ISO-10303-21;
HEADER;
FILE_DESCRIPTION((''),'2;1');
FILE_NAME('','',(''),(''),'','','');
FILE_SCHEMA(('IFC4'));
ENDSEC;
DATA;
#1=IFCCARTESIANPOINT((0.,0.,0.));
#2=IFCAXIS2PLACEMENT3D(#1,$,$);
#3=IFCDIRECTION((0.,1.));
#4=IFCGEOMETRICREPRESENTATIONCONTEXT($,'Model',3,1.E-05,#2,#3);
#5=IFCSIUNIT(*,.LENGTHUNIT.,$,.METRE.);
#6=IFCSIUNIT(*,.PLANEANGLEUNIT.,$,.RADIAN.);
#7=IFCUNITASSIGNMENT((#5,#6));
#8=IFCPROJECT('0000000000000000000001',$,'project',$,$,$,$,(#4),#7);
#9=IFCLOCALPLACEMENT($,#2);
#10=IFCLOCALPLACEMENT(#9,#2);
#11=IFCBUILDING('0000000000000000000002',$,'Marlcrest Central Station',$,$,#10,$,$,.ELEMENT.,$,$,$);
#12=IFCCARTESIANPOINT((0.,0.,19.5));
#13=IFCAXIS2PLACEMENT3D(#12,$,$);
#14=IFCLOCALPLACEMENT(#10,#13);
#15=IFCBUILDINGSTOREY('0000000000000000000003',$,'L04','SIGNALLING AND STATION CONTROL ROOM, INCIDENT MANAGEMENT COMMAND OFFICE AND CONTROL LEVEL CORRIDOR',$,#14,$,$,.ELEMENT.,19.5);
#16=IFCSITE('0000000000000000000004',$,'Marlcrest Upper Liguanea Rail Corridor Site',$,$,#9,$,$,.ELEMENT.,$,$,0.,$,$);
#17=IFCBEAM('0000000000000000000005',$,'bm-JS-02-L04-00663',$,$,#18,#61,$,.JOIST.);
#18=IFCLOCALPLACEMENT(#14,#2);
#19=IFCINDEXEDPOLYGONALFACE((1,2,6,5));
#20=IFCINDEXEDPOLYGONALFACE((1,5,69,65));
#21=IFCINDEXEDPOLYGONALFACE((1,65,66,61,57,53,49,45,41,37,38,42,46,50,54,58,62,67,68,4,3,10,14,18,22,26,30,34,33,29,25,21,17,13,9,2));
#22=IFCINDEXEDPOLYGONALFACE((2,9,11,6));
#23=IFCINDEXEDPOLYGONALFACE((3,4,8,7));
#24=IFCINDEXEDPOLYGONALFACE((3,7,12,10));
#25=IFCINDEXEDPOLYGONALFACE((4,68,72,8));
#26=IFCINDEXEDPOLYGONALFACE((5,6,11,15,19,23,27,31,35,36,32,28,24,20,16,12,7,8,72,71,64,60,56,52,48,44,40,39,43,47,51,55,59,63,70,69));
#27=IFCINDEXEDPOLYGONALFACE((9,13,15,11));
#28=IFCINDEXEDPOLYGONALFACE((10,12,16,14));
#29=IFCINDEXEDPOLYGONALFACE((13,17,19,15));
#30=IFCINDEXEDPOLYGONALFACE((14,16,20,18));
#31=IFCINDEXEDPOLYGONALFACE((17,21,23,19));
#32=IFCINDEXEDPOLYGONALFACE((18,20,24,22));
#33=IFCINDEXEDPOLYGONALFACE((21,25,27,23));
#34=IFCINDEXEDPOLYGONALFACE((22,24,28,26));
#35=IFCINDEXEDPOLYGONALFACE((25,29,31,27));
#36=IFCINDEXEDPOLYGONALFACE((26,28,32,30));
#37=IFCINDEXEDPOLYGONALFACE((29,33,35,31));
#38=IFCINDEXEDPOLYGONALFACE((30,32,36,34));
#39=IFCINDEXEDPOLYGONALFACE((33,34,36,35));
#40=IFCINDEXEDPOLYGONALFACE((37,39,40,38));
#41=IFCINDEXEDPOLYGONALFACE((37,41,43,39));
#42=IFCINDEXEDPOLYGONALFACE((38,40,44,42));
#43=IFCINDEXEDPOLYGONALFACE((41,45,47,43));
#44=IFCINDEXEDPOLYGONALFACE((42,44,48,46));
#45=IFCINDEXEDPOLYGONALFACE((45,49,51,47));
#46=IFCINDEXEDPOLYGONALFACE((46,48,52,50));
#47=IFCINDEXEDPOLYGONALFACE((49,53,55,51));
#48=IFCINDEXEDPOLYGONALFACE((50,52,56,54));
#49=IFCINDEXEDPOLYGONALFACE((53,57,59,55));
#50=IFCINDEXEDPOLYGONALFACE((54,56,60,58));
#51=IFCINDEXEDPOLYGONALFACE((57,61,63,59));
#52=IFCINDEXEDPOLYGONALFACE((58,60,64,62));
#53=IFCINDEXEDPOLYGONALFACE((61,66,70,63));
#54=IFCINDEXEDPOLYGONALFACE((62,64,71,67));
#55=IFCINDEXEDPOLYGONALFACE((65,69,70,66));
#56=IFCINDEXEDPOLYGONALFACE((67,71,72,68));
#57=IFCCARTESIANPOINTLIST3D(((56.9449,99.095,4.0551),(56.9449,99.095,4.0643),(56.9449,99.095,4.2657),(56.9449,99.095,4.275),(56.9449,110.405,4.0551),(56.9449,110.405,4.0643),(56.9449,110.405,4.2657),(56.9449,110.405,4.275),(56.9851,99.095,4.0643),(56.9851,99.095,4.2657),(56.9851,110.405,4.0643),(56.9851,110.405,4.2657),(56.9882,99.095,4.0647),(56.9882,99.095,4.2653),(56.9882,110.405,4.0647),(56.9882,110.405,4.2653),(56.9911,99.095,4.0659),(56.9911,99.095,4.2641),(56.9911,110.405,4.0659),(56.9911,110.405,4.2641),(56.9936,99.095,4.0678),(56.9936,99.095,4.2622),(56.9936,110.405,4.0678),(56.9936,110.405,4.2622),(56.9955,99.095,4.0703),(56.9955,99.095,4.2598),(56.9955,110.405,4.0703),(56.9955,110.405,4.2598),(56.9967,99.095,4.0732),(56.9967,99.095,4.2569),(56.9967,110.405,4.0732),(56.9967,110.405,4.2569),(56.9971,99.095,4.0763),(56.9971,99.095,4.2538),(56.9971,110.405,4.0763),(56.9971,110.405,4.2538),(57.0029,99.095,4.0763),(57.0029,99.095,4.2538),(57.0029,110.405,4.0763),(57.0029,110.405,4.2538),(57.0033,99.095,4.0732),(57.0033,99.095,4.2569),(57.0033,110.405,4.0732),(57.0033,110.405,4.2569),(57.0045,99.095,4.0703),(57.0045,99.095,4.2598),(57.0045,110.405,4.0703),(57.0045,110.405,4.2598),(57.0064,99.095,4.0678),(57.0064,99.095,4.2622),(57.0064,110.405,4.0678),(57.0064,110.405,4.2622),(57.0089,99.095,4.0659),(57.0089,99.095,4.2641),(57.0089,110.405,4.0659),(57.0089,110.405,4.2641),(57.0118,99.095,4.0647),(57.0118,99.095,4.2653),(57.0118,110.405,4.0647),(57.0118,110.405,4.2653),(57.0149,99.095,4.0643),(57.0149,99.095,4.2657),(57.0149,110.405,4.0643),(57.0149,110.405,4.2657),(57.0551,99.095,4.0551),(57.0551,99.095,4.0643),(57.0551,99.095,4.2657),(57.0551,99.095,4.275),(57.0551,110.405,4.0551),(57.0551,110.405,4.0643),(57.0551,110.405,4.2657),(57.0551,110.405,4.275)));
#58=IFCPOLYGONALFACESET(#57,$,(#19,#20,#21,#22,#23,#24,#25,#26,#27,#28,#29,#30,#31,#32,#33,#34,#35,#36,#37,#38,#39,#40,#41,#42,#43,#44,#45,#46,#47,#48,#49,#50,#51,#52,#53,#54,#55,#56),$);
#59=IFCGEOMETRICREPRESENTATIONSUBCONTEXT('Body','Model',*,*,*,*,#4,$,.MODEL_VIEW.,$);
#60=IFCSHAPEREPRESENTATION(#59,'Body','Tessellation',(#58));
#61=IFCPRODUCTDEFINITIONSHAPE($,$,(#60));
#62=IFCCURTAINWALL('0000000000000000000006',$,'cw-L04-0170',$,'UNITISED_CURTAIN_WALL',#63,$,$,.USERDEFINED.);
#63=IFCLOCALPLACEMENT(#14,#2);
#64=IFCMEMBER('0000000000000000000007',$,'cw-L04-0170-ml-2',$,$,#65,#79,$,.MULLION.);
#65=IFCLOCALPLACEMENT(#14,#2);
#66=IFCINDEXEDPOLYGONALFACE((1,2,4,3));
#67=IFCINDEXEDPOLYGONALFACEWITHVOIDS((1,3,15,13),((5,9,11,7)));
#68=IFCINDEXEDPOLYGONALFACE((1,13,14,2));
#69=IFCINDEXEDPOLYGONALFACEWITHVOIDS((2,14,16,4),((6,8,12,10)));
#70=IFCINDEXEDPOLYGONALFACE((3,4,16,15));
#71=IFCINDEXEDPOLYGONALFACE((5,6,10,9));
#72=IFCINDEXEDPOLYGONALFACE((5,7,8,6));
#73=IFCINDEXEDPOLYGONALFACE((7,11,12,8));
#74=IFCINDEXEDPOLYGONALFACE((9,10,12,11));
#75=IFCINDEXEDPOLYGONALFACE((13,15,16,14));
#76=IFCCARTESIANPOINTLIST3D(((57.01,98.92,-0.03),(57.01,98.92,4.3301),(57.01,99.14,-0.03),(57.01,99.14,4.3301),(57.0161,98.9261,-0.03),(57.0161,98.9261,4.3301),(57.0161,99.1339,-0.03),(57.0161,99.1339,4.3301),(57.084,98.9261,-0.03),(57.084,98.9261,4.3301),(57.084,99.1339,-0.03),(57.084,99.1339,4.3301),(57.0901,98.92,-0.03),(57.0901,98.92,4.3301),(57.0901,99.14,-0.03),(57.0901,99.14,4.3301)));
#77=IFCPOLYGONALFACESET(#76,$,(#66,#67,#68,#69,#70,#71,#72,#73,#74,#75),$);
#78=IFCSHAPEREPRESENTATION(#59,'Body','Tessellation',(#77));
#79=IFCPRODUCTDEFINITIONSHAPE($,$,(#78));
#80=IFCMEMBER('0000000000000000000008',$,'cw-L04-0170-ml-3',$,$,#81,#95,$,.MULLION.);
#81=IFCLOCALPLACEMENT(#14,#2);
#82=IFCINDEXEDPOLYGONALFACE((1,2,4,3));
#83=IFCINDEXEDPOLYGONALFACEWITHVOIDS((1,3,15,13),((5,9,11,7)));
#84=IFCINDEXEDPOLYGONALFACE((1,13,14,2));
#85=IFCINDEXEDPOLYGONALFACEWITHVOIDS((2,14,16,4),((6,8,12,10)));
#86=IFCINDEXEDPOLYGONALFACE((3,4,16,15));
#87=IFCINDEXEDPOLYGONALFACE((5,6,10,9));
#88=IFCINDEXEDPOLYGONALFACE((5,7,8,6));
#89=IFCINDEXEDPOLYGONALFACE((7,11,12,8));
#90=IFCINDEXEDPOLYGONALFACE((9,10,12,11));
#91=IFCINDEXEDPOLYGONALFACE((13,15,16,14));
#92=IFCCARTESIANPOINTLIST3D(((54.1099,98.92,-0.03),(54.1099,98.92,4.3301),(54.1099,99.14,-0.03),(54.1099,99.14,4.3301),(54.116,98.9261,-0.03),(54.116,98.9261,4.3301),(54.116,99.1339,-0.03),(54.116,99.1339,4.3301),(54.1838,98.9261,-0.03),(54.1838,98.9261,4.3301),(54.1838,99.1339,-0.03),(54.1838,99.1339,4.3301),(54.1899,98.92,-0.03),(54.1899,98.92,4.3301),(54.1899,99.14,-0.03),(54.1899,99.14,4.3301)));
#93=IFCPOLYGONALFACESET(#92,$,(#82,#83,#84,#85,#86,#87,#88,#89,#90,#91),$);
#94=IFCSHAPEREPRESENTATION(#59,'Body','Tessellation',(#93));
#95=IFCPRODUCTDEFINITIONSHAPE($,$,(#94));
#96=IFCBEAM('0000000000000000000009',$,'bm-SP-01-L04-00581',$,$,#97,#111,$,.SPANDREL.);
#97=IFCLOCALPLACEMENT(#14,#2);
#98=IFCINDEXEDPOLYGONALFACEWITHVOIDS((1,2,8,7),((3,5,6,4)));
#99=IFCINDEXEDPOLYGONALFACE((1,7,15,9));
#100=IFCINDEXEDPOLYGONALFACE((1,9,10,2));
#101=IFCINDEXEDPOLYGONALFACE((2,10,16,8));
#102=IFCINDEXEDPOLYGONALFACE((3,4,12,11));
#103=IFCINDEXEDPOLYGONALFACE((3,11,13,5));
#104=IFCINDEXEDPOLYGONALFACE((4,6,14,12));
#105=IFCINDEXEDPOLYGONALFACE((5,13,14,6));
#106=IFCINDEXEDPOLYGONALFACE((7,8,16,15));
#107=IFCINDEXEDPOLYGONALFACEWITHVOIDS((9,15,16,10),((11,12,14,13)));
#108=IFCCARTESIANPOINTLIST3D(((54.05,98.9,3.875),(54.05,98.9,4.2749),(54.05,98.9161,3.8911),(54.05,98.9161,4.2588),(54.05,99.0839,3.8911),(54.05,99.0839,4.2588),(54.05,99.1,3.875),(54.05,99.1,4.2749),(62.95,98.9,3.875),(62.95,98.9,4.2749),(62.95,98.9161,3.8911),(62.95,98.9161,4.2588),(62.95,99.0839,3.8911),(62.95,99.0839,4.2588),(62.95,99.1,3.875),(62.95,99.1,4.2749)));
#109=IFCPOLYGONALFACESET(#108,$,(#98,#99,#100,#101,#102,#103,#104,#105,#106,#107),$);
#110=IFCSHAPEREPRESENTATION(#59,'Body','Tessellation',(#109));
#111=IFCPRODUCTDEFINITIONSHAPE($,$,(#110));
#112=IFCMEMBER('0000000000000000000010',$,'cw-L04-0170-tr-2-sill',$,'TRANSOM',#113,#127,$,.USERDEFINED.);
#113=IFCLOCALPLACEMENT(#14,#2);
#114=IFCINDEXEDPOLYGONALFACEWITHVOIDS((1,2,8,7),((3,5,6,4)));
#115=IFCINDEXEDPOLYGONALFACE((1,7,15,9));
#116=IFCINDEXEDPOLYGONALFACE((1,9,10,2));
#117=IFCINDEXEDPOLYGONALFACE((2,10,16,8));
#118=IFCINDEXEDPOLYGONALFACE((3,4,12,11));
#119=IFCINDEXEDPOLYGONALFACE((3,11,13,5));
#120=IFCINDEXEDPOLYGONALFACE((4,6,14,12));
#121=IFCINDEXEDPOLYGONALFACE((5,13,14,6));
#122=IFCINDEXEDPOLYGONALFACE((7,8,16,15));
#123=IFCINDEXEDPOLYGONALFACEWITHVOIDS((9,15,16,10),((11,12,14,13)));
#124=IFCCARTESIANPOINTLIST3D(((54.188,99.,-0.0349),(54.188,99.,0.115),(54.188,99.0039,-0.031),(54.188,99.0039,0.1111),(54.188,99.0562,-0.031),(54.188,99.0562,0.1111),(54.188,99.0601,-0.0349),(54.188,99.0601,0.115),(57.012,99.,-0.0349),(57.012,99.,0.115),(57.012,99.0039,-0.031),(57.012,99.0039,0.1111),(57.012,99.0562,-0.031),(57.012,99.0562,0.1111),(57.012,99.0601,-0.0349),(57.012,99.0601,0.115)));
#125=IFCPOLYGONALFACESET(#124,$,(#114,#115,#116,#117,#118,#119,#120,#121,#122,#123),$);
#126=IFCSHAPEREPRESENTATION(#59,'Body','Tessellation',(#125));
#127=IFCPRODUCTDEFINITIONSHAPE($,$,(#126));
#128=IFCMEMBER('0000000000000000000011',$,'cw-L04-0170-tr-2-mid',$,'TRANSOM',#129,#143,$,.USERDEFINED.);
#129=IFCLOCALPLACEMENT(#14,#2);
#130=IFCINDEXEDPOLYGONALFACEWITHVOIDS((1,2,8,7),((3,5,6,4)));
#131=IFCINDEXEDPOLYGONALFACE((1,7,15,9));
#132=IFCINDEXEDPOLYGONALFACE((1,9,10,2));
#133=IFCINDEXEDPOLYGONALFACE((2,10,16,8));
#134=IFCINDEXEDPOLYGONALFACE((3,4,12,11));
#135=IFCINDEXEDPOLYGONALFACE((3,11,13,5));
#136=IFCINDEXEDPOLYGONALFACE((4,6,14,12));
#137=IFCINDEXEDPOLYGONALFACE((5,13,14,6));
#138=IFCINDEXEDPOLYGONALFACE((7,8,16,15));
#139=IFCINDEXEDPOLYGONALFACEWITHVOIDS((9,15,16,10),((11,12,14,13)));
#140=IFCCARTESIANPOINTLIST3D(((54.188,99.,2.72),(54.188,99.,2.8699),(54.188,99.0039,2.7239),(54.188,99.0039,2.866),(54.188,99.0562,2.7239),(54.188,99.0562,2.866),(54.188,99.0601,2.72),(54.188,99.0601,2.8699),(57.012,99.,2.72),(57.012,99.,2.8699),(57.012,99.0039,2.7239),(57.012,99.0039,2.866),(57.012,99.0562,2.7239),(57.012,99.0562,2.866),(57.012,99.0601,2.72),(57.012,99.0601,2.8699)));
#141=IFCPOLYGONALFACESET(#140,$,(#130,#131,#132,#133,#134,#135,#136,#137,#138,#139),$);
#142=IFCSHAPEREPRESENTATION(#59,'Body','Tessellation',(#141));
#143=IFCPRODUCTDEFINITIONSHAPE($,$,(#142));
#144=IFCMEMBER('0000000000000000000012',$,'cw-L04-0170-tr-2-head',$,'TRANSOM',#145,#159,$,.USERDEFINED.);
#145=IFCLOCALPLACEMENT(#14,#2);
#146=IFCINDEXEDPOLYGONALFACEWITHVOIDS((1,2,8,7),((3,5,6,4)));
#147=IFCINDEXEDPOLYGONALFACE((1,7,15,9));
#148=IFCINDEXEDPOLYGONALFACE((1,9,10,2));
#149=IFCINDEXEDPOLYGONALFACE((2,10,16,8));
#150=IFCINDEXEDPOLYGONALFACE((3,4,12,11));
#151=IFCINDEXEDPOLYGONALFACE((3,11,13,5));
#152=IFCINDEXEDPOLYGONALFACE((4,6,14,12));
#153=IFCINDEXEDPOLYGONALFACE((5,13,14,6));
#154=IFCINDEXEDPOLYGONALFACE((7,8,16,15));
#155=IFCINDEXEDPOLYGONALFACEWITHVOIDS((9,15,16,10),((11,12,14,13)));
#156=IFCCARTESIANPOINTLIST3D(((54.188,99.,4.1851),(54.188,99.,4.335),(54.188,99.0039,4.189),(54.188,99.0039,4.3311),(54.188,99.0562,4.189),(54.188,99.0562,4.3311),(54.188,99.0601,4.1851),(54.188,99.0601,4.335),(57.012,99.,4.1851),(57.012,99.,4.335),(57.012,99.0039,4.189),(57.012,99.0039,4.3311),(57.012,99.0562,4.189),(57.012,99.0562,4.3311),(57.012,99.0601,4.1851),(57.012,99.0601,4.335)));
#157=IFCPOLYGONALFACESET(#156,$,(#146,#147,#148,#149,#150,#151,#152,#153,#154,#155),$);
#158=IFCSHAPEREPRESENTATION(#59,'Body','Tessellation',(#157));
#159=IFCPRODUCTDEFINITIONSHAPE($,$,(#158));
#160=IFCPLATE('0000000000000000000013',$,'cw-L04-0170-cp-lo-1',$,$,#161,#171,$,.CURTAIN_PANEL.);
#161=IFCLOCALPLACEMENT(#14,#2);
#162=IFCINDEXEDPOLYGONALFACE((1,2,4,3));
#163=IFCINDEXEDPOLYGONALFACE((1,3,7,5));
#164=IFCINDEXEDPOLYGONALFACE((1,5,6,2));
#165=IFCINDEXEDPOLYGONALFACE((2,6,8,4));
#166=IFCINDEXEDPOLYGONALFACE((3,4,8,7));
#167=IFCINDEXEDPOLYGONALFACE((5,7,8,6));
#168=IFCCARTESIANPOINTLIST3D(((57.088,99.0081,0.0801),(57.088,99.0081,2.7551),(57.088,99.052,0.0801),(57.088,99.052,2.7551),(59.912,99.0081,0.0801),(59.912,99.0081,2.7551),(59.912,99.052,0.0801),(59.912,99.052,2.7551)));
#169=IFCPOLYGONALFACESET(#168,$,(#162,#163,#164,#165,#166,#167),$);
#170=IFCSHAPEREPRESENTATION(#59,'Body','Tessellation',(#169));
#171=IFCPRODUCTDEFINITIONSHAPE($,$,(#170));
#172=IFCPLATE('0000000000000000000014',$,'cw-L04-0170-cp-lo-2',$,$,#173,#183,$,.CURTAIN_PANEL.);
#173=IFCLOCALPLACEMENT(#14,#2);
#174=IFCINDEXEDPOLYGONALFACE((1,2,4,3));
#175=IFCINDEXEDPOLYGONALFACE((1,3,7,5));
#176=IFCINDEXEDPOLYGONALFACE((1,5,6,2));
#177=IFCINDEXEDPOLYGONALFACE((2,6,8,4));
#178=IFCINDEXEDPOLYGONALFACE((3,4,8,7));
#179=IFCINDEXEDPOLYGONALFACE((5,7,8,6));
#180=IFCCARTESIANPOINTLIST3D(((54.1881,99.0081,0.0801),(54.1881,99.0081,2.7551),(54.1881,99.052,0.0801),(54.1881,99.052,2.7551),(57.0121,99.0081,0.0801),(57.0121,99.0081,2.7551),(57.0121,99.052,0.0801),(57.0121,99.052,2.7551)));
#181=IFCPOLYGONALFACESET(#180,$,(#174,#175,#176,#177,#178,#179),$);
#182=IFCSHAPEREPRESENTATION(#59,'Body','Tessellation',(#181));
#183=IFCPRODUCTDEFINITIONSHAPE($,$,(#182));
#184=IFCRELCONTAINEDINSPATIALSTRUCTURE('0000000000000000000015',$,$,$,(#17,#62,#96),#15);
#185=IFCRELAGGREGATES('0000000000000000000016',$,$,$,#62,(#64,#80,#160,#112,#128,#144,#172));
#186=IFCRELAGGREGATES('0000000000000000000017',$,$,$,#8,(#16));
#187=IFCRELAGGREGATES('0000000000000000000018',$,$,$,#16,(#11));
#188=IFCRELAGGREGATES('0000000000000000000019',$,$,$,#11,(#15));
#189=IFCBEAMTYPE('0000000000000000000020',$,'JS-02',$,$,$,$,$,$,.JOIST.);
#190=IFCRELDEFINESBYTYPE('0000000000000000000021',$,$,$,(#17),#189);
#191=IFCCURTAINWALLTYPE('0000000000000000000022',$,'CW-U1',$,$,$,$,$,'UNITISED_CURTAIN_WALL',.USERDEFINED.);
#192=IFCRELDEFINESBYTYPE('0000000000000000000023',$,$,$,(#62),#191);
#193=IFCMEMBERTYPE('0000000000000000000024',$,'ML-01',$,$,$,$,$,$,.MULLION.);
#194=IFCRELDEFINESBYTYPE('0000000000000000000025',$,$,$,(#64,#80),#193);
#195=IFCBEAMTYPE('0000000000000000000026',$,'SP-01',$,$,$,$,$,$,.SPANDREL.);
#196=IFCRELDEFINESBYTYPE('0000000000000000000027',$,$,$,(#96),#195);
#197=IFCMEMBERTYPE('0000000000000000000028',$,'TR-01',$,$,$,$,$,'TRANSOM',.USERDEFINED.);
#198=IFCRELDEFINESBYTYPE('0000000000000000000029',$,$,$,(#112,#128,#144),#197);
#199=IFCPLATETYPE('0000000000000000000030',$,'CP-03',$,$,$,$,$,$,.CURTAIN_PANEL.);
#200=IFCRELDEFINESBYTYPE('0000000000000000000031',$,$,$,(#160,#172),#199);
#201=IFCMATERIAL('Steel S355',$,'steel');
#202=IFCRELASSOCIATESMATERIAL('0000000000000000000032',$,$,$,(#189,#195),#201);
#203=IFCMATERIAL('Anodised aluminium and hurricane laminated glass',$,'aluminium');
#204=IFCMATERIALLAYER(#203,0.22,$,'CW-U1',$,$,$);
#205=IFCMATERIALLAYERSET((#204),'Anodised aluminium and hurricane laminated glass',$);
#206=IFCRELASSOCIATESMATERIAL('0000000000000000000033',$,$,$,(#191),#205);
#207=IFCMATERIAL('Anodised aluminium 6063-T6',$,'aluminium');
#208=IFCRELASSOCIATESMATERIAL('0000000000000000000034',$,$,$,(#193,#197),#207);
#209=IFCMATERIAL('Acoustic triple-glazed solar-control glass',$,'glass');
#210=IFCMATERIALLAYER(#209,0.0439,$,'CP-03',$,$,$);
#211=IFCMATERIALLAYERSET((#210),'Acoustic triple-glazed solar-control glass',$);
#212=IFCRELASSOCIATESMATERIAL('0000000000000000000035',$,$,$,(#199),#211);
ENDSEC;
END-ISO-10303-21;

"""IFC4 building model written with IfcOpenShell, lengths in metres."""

from ifc_helpers import new_model, si_unit, direction, frame, origin, origin_2d, place, context, subcontext, project, spatial, rectangle, hollow_rectangle, i_section, extrude, material, layer, layer_set, material_profile, profile_set, type_object, element, aggregate, save


model = new_model("IFC4")

# Units and contexts
model_context = context("Model", 3, precision=1e-05, world=origin(), true_north=direction((0.0, 1.0)))
body_context = subcontext(model_context, "Body", "Model", "MODEL_VIEW")
ifc_project = project(units=[si_unit("LENGTHUNIT", "METRE"), si_unit("PLANEANGLEUNIT", "RADIAN")], contexts=[model_context])

# Site, building, storey
site_placement = place(None, origin())
site = spatial("IfcSite", under=ifc_project, at=site_placement, Name="Marlcrest Upper Liguanea Rail Corridor Site", CompositionType="ELEMENT", RefElevation=0.0)
building_placement = place(site_placement, origin())
building = spatial("IfcBuilding", under=site, at=building_placement, Name="Marlcrest Central Station", CompositionType="ELEMENT")
storey_placement = place(building_placement, frame((0.0, 0.0, 19.5)))
storey = spatial("IfcBuildingStorey", under=building, at=storey_placement, Name="L04", Description="SIGNALLING AND STATION CONTROL ROOM, INCIDENT MANAGEMENT COMMAND OFFICE AND CONTROL LEVEL CORRIDOR", CompositionType="ELEMENT", Elevation=19.5)

# Shared definitions
ifc_material_1 = material(Name="Steel S355", Category="steel")

# Beam
ifc_material_profile_1 = material_profile(ifc_material_1, i_section(OverallWidth=0.1101, OverallDepth=0.22, WebThickness=0.0059, FlangeThickness=0.0093, FilletRadius=0.012, at=origin_2d()), Name="IPE 220")
ifc_profile_set_1 = profile_set([ifc_material_profile_1], Name="Steel S355")
beam_type_1 = type_object("IfcBeamType", Name="JS-02", PredefinedType="JOIST", material=ifc_profile_set_1)
for number, where, z_axis, x_axis, name in (
    (1, (57.0, 99.095, 4.165), (0.0, 1.0, 0.0), (-1.0, 0.0, 0.0), "bm-JS-02-L04-00663"),
):
    element("IfcBeam", number, at=place(storey_placement, frame(where, z_axis=z_axis, x_axis=x_axis)), inside=storey, type_object=beam_type_1, Name=name, PredefinedType="JOIST", context=body_context, shape_type="SweptSolid", body=[
        extrude(i_section(OverallWidth=0.1101, OverallDepth=0.22, WebThickness=0.0059, FlangeThickness=0.0093, FilletRadius=0.012, at=origin_2d()), origin(), (0.0, 0.0, 1.0), 11.3101),
    ])

# Curtain wall, members
ifc_material_2 = material(Name="Anodised aluminium and hurricane laminated glass", Category="aluminium")
ifc_layer_1 = layer(ifc_material_2, 0.22, Name="CW-U1")
ifc_layer_set_1 = layer_set([ifc_layer_1], Name="Anodised aluminium and hurricane laminated glass")
curtain_wall_type = type_object("IfcCurtainWallType", Name="CW-U1", ElementType="UNITISED_CURTAIN_WALL", PredefinedType="USERDEFINED", material=ifc_layer_set_1)
curtain_wall_placement = place(storey_placement, origin())
curtain_wall = element("IfcCurtainWall", 2, at=curtain_wall_placement, inside=storey, type_object=curtain_wall_type, Name="cw-L04-0170", ObjectType="UNITISED_CURTAIN_WALL", PredefinedType="USERDEFINED")
ifc_material_3 = material(Name="Anodised aluminium 6063-T6", Category="aluminium")
ifc_material_profile_2 = material_profile(ifc_material_3, hollow_rectangle(XDim=0.0801, YDim=0.22, WallThickness=0.0061, at=origin_2d()), Name="AA-RHS 220x80x6")
ifc_profile_set_2 = profile_set([ifc_material_profile_2], Name="Anodised aluminium 6063-T6")
member_type_1 = type_object("IfcMemberType", Name="ML-01", PredefinedType="MULLION", material=ifc_profile_set_2)
member_1_placement = place(storey_placement, frame((57.05, 99.03, -0.03), z_axis=(0.0, 0.0, 1.0), x_axis=(1.0, 0.0, 0.0)))
member_1 = element("IfcMember", 3, at=member_1_placement, type_object=member_type_1, Name="cw-L04-0170-ml-2", PredefinedType="MULLION", context=body_context, shape_type="SweptSolid", body=[
    extrude(hollow_rectangle(XDim=0.0801, YDim=0.22, WallThickness=0.0061, at=origin_2d()), origin(), (0.0, 0.0, 1.0), 4.3601),
])
member_2_placement = place(storey_placement, frame((54.1499, 99.03, -0.03), z_axis=(0.0, 0.0, 1.0), x_axis=(1.0, 0.0, 0.0)))
member_2 = element("IfcMember", 4, at=member_2_placement, type_object=member_type_1, Name="cw-L04-0170-ml-3", PredefinedType="MULLION", context=body_context, shape_type="SweptSolid", body=[
    extrude(hollow_rectangle(XDim=0.0801, YDim=0.22, WallThickness=0.0061, at=origin_2d()), origin(), (0.0, 0.0, 1.0), 4.3601),
])

# Beam
ifc_material_profile_3 = material_profile(ifc_material_1, hollow_rectangle(XDim=0.2, YDim=0.3999, WallThickness=0.0161, at=origin_2d()), Name="RHS 400x200x16")
ifc_profile_set_3 = profile_set([ifc_material_profile_3], Name="Steel S355")
beam_type_2 = type_object("IfcBeamType", Name="SP-01", PredefinedType="SPANDREL", material=ifc_profile_set_3)
beam_1_placement = place(storey_placement, frame((54.05, 99.0, 4.075), z_axis=(1.0, 0.0, 0.0), x_axis=(0.0, 1.0, 0.0)))
element("IfcBeam", 5, at=beam_1_placement, inside=storey, type_object=beam_type_2, Name="bm-SP-01-L04-00581", PredefinedType="SPANDREL", context=body_context, shape_type="SweptSolid", body=[
    extrude(hollow_rectangle(XDim=0.2, YDim=0.3999, WallThickness=0.0161, at=origin_2d()), origin(), (0.0, 0.0, 1.0), 8.8999),
])

# Members
ifc_material_profile_4 = material_profile(ifc_material_3, hollow_rectangle(XDim=0.0601, YDim=0.1499, WallThickness=0.0039, at=origin_2d()), Name="AA-RHS 150x60x4")
ifc_profile_set_4 = profile_set([ifc_material_profile_4], Name="Anodised aluminium 6063-T6")
member_type_2 = type_object("IfcMemberType", Name="TR-01", ElementType="TRANSOM", PredefinedType="USERDEFINED", material=ifc_profile_set_4)
member_3_placement = place(storey_placement, frame((57.012, 99.03, 0.04), z_axis=(-1.0, 0.0, 0.0), x_axis=(0.0, -1.0, 0.0)))
member_3 = element("IfcMember", 6, at=member_3_placement, type_object=member_type_2, Name="cw-L04-0170-tr-2-sill", ObjectType="TRANSOM", PredefinedType="USERDEFINED", context=body_context, shape_type="SweptSolid", body=[
    extrude(hollow_rectangle(XDim=0.0601, YDim=0.1499, WallThickness=0.0039, at=origin_2d()), origin(), (0.0, 0.0, 1.0), 2.824),
])
member_4_placement = place(storey_placement, frame((57.012, 99.03, 2.7949), z_axis=(-1.0, 0.0, 0.0), x_axis=(0.0, -1.0, 0.0)))
member_4 = element("IfcMember", 7, at=member_4_placement, type_object=member_type_2, Name="cw-L04-0170-tr-2-mid", ObjectType="TRANSOM", PredefinedType="USERDEFINED", context=body_context, shape_type="SweptSolid", body=[
    extrude(hollow_rectangle(XDim=0.0601, YDim=0.1499, WallThickness=0.0039, at=origin_2d()), origin(), (0.0, 0.0, 1.0), 2.824),
])
member_5_placement = place(storey_placement, frame((57.012, 99.03, 4.26), z_axis=(-1.0, 0.0, 0.0), x_axis=(0.0, -1.0, 0.0)))
member_5 = element("IfcMember", 8, at=member_5_placement, type_object=member_type_2, Name="cw-L04-0170-tr-2-head", ObjectType="TRANSOM", PredefinedType="USERDEFINED", context=body_context, shape_type="SweptSolid", body=[
    extrude(hollow_rectangle(XDim=0.0601, YDim=0.1499, WallThickness=0.0039, at=origin_2d()), origin(), (0.0, 0.0, 1.0), 2.824),
])

# Plates
ifc_material_4 = material(Name="Acoustic triple-glazed solar-control glass", Category="glass")
ifc_layer_2 = layer(ifc_material_4, 0.0439, Name="CP-03")
ifc_layer_set_2 = layer_set([ifc_layer_2], Name="Acoustic triple-glazed solar-control glass")
plate_type_1 = type_object("IfcPlateType", Name="CP-03", PredefinedType="CURTAIN_PANEL", material=ifc_layer_set_2)
plate_1_placement = place(storey_placement, frame((58.5, 99.03, 0.0801), z_axis=(0.0, 0.0, 1.0), x_axis=(-1.0, 0.0, 0.0)))
plate_1 = element("IfcPlate", 9, at=plate_1_placement, type_object=plate_type_1, Name="cw-L04-0170-cp-lo-1", PredefinedType="CURTAIN_PANEL", context=body_context, shape_type="SweptSolid", body=[
    extrude(rectangle(XDim=2.824, YDim=0.0439, at=origin_2d()), origin(), (0.0, 0.0, 1.0), 2.675),
])
plate_2_placement = place(storey_placement, frame((55.6001, 99.03, 0.0801), z_axis=(0.0, 0.0, 1.0), x_axis=(-1.0, 0.0, 0.0)))
plate_2 = element("IfcPlate", 10, at=plate_2_placement, type_object=plate_type_1, Name="cw-L04-0170-cp-lo-2", PredefinedType="CURTAIN_PANEL", context=body_context, shape_type="SweptSolid", body=[
    extrude(rectangle(XDim=2.824, YDim=0.0439, at=origin_2d()), origin(), (0.0, 0.0, 1.0), 2.675),
])
aggregate(curtain_wall, [member_1, member_2, plate_1, member_3, member_4, member_5, plate_2])

save(model, "model.ifc")
